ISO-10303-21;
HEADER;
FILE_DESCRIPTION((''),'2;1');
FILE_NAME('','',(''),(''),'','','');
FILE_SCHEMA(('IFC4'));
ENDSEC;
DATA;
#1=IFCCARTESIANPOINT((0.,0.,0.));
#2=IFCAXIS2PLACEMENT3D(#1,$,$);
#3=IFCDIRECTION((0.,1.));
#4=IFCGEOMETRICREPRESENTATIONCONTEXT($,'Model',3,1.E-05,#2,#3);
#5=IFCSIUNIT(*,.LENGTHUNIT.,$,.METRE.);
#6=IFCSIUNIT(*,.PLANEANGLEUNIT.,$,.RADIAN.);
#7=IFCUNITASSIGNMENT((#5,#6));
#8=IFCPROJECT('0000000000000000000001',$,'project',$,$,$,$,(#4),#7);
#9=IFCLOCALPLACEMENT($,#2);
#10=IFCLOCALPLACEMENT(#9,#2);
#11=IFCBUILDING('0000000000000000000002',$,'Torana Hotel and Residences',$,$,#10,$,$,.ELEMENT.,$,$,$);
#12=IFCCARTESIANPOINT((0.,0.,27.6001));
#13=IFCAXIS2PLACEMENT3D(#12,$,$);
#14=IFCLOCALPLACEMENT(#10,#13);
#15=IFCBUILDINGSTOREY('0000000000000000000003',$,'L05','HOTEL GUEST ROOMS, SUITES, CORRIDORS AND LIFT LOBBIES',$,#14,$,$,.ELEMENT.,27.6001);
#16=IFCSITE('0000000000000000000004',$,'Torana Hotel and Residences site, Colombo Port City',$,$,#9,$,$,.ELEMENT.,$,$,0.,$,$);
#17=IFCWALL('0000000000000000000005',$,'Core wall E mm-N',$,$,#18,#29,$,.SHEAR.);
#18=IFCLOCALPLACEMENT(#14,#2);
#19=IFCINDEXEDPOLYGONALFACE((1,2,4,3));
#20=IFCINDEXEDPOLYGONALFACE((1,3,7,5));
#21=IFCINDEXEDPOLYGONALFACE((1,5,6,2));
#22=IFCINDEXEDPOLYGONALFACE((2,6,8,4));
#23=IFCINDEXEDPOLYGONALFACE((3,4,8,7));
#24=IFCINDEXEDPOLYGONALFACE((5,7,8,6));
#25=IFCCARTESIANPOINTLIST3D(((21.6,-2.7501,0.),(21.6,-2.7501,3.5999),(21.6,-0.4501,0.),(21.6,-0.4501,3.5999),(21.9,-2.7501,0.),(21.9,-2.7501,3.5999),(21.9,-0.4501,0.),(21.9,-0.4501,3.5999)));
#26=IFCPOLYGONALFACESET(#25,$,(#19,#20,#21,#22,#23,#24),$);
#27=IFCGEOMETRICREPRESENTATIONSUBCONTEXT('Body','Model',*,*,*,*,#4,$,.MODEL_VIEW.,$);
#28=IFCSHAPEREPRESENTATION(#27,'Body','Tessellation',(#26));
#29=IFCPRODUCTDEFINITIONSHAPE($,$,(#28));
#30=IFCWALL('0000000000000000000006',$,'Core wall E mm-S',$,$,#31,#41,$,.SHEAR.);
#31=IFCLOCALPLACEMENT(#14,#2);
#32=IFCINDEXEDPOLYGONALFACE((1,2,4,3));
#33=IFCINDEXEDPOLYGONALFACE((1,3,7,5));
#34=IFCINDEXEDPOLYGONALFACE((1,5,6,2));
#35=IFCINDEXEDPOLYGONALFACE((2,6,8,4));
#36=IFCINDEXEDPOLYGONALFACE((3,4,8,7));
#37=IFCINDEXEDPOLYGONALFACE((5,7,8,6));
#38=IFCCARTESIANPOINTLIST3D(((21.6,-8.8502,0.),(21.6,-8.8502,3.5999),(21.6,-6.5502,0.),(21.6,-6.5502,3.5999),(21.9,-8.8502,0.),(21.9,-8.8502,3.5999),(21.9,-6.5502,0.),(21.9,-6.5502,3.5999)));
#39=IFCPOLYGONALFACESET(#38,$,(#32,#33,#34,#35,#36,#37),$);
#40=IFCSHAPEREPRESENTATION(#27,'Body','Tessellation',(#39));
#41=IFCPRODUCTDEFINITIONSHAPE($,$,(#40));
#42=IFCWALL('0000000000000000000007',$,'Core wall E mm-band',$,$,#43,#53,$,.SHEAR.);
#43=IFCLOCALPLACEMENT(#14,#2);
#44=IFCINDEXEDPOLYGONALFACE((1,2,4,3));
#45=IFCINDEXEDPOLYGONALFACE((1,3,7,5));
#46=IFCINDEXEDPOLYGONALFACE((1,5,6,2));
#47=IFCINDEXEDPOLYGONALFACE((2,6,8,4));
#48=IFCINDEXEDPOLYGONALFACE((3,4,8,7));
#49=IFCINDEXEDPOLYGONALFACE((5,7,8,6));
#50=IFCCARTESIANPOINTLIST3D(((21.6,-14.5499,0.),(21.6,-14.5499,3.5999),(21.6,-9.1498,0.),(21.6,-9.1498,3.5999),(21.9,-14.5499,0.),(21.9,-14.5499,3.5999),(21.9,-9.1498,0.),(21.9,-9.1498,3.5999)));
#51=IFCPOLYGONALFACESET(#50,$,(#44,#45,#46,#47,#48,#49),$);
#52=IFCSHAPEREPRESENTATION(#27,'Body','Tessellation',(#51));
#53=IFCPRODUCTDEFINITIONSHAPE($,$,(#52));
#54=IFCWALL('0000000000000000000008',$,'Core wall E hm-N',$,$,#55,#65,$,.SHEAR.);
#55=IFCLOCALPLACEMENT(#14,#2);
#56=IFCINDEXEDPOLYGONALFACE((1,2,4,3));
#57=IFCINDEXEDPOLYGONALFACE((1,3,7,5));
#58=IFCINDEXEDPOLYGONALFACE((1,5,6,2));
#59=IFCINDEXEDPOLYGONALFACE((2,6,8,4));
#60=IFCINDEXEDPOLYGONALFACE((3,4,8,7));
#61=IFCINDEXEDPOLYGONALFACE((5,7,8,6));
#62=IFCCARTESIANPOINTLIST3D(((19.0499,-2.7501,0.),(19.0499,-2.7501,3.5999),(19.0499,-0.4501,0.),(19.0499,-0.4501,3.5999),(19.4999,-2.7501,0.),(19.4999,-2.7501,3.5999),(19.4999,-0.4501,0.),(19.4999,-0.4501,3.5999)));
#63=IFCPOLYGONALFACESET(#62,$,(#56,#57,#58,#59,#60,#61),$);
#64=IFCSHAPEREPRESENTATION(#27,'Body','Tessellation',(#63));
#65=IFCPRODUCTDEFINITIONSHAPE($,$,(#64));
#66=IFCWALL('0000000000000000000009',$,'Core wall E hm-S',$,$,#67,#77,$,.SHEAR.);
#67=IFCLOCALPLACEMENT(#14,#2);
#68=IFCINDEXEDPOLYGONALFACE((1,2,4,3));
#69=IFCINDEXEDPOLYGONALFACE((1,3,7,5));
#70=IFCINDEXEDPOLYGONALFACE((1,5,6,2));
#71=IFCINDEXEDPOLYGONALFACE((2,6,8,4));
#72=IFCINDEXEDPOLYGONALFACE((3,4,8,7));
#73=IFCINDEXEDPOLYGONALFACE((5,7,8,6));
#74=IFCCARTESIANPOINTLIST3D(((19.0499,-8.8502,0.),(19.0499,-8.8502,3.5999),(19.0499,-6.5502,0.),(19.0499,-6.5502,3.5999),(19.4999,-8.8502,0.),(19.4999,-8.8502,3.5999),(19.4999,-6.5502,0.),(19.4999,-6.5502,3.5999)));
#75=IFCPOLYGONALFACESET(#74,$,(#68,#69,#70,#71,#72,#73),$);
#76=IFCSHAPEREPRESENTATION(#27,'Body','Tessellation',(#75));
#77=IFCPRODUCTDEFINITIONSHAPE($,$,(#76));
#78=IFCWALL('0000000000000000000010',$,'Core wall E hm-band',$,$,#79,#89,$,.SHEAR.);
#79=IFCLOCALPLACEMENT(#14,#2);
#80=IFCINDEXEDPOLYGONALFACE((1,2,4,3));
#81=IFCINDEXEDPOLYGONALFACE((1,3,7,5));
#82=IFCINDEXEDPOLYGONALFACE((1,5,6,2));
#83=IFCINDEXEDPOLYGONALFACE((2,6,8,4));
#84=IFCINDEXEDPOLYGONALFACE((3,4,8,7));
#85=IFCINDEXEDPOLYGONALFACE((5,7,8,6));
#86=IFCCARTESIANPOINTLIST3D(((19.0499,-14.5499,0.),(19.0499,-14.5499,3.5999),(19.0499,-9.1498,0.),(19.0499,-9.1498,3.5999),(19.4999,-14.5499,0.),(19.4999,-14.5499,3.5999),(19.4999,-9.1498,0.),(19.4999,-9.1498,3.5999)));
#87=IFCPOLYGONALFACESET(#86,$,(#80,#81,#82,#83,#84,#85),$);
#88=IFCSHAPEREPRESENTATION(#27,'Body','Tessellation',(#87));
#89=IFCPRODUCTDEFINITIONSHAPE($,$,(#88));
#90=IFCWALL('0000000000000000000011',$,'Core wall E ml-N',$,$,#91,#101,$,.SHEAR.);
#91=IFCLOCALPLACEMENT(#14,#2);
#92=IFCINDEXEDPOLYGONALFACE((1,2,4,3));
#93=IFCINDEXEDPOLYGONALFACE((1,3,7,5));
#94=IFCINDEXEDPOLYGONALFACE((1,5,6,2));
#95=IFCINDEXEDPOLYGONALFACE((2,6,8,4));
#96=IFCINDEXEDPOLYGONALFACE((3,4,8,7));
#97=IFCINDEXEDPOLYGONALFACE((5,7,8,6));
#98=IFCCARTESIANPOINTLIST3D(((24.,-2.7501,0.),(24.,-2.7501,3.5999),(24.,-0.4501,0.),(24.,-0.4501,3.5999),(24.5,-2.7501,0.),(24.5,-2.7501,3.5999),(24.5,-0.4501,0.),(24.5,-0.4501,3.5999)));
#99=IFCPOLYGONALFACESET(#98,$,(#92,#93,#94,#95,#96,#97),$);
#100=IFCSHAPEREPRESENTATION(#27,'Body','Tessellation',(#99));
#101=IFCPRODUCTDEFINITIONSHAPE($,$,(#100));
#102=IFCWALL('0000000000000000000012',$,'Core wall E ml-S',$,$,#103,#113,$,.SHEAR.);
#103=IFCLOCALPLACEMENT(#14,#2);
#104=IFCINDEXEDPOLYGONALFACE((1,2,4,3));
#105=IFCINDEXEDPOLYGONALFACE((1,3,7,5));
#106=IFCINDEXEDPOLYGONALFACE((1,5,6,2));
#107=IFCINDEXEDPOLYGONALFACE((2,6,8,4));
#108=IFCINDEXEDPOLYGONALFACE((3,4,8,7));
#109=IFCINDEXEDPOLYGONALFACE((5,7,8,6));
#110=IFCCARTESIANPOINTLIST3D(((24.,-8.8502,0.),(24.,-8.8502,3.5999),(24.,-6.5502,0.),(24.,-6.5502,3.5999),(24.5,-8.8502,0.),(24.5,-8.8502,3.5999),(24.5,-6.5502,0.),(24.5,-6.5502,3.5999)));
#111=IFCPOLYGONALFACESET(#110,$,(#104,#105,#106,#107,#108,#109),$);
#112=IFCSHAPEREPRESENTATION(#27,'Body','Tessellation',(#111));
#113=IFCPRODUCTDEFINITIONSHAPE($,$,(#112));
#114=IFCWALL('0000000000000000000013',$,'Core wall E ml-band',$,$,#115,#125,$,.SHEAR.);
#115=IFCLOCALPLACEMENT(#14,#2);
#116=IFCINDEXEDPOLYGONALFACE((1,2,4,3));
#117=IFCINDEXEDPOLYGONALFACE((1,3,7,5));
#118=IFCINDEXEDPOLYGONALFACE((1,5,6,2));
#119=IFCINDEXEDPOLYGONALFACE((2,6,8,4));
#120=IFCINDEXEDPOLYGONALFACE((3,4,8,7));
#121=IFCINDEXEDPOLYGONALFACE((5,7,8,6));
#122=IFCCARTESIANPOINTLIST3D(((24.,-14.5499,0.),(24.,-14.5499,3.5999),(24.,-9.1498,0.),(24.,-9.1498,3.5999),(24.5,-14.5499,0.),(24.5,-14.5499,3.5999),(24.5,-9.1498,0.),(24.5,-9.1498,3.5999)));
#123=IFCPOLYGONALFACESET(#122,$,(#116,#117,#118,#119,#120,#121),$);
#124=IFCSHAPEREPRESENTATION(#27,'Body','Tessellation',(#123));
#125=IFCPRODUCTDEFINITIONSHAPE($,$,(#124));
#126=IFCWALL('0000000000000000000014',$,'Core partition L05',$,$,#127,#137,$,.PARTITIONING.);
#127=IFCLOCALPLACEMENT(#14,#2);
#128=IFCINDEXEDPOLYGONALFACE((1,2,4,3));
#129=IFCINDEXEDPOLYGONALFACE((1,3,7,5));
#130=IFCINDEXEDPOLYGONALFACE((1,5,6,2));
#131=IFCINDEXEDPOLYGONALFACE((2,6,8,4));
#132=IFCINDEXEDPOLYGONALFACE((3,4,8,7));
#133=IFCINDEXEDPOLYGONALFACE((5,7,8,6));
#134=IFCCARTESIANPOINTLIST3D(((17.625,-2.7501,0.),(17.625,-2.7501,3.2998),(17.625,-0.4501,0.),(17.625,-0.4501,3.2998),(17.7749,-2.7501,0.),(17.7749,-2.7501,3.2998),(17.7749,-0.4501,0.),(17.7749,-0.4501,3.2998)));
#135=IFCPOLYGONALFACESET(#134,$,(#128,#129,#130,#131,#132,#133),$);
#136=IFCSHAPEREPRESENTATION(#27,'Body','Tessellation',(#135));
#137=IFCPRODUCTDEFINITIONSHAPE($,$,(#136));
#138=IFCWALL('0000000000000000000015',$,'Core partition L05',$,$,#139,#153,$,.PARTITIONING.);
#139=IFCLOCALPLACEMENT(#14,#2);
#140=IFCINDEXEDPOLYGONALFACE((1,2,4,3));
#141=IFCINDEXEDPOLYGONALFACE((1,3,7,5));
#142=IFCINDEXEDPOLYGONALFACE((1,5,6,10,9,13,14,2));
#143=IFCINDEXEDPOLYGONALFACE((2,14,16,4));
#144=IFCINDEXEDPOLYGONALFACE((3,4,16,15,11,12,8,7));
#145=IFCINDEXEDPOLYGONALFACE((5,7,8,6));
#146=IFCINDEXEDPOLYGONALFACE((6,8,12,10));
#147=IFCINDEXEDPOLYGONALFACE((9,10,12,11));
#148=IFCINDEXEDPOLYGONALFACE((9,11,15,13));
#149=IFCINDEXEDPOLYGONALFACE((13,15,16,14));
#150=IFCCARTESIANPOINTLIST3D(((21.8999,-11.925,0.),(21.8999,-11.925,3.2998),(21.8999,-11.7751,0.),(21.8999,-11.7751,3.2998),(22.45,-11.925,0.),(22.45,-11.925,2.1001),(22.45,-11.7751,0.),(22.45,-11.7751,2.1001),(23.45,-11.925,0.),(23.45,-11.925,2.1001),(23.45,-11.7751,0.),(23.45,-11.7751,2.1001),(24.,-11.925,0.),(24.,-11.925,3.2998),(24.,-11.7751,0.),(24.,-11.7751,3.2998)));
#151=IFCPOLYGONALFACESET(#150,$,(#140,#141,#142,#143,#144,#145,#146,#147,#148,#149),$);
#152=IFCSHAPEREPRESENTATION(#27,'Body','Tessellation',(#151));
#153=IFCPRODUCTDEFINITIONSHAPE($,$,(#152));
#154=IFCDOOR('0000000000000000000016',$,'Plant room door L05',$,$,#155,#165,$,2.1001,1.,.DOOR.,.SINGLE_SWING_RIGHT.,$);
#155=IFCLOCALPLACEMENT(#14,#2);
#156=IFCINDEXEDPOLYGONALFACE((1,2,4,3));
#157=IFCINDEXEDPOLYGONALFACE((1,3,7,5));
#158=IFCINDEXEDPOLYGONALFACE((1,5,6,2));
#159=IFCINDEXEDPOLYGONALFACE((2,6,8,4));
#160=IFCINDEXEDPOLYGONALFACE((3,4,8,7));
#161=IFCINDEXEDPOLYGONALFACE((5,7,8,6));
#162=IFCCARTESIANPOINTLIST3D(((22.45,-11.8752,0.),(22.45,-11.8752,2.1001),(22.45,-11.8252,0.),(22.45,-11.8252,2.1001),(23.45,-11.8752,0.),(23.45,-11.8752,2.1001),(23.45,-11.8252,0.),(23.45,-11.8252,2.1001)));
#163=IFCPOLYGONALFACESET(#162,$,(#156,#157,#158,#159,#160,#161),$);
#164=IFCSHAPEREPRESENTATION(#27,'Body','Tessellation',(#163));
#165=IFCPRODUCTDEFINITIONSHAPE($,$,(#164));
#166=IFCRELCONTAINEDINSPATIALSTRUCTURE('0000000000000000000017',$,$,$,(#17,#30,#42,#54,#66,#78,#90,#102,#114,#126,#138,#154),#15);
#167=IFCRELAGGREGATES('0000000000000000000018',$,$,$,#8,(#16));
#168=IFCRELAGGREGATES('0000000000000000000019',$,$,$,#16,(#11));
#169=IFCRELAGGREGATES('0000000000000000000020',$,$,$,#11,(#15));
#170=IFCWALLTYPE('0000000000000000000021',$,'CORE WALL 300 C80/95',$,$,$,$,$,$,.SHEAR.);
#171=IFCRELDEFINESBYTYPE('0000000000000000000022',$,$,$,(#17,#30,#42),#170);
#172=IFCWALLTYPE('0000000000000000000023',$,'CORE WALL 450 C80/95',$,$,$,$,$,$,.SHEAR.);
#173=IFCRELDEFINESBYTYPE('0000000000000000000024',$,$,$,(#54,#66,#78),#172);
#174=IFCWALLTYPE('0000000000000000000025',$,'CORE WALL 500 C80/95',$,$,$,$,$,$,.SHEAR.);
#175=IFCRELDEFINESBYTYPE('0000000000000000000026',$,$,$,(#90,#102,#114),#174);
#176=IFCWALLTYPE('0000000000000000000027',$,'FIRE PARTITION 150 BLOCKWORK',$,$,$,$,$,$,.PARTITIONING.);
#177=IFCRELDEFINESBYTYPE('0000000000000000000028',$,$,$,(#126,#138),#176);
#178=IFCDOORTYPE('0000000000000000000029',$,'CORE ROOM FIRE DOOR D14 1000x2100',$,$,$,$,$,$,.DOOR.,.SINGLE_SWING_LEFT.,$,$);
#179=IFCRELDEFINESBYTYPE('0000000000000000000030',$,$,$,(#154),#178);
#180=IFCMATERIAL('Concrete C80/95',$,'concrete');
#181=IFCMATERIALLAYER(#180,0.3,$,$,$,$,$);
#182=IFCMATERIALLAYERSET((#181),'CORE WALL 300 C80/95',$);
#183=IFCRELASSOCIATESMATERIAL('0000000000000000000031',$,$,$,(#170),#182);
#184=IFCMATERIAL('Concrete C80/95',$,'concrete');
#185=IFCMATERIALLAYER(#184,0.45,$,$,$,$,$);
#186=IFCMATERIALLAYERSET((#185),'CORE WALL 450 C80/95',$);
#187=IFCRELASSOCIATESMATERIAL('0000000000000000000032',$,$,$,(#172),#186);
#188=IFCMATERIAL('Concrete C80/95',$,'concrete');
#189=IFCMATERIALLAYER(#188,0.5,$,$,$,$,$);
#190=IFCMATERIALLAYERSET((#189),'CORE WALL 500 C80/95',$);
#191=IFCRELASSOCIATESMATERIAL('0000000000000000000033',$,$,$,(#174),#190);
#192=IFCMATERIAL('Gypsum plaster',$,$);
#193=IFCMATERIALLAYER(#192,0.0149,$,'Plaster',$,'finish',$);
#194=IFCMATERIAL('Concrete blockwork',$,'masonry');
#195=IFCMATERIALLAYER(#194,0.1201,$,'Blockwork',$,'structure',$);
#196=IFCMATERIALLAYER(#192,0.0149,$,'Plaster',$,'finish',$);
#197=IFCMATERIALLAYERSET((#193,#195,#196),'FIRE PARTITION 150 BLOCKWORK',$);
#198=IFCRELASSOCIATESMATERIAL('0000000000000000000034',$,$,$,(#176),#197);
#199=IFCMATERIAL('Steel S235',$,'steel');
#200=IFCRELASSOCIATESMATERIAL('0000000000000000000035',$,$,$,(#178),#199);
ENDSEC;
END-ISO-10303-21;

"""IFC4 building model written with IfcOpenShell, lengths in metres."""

from ifc_helpers import new_model, si_unit, direction, frame, frame_2d, origin, place, context, subcontext, project, spatial, rectangle, extrude, material, layer, layer_set, type_object, element, fill, save


model = new_model("IFC4")

# Units and contexts
model_context = context("Model", 3, precision=1e-05, world=origin(), true_north=direction((0.0, 1.0)))
body_context = subcontext(model_context, "Body", "Model", "MODEL_VIEW")
ifc_project = project(units=[si_unit("LENGTHUNIT", "METRE"), si_unit("PLANEANGLEUNIT", "RADIAN")], contexts=[model_context])

# Site, building, storey
site_placement = place(None, origin())
site = spatial("IfcSite", under=ifc_project, at=site_placement, Name="Torana Hotel and Residences site, Colombo Port City", CompositionType="ELEMENT", RefElevation=0.0)
building_placement = place(site_placement, origin())
building = spatial("IfcBuilding", under=site, at=building_placement, Name="Torana Hotel and Residences", CompositionType="ELEMENT")
storey_placement = place(building_placement, frame((0.0, 0.0, 27.6001)))
storey = spatial("IfcBuildingStorey", under=building, at=storey_placement, Name="L05", Description="HOTEL GUEST ROOMS, SUITES, CORRIDORS AND LIFT LOBBIES", CompositionType="ELEMENT", Elevation=27.6001)

# Walls
ifc_material_1 = material(Name="Concrete C80/95", Category="concrete")
ifc_layer_1 = layer(ifc_material_1, 0.3)
ifc_layer_set_1 = layer_set([ifc_layer_1], Name="CORE WALL 300 C80/95")
wall_type_1 = type_object("IfcWallType", Name="CORE WALL 300 C80/95", PredefinedType="SHEAR", material=ifc_layer_set_1)
for number, where, z_axis, x_axis, name in (
    (1, (21.75, -2.75, 0.0), (0.0, 0.0, 1.0), (0.0, 1.0, 0.0), "Core wall E mm-N"),
    (2, (21.75, -8.8501, 0.0), (0.0, 0.0, 1.0), (0.0, 1.0, 0.0), "Core wall E mm-S"),
):
    element("IfcWall", number, at=place(storey_placement, frame(where, z_axis=z_axis, x_axis=x_axis)), inside=storey, type_object=wall_type_1, Name=name, PredefinedType="SHEAR", context=body_context, shape_type="SweptSolid", body=[
        extrude(rectangle(XDim=2.3, YDim=0.3, at=frame_2d((1.1499, 0.0))), origin(), (0.0, 0.0, 1.0), 3.5999),
    ])
wall_1_placement = place(storey_placement, frame((21.75, -14.55, 0.0), z_axis=(0.0, 0.0, 1.0), x_axis=(0.0, 1.0, 0.0)))
element("IfcWall", 3, at=wall_1_placement, inside=storey, type_object=wall_type_1, Name="Core wall E mm-band", PredefinedType="SHEAR", context=body_context, shape_type="SweptSolid", body=[
    extrude(rectangle(XDim=5.4001, YDim=0.3, at=frame_2d((2.7002, 0.0))), origin(), (0.0, 0.0, 1.0), 3.5999),
])
ifc_material_2 = material(Name="Concrete C80/95", Category="concrete")
ifc_layer_2 = layer(ifc_material_2, 0.45)
ifc_layer_set_2 = layer_set([ifc_layer_2], Name="CORE WALL 450 C80/95")
wall_type_2 = type_object("IfcWallType", Name="CORE WALL 450 C80/95", PredefinedType="SHEAR", material=ifc_layer_set_2)
for number, where, z_axis, x_axis, name in (
    (4, (19.2749, -2.75, 0.0), (0.0, 0.0, 1.0), (0.0, 1.0, 0.0), "Core wall E hm-N"),
    (5, (19.2749, -8.8501, 0.0), (0.0, 0.0, 1.0), (0.0, 1.0, 0.0), "Core wall E hm-S"),
):
    element("IfcWall", number, at=place(storey_placement, frame(where, z_axis=z_axis, x_axis=x_axis)), inside=storey, type_object=wall_type_2, Name=name, PredefinedType="SHEAR", context=body_context, shape_type="SweptSolid", body=[
        extrude(rectangle(XDim=2.3, YDim=0.45, at=frame_2d((1.1499, 0.0))), origin(), (0.0, 0.0, 1.0), 3.5999),
    ])
wall_2_placement = place(storey_placement, frame((19.2749, -14.55, 0.0), z_axis=(0.0, 0.0, 1.0), x_axis=(0.0, 1.0, 0.0)))
element("IfcWall", 6, at=wall_2_placement, inside=storey, type_object=wall_type_2, Name="Core wall E hm-band", PredefinedType="SHEAR", context=body_context, shape_type="SweptSolid", body=[
    extrude(rectangle(XDim=5.4001, YDim=0.45, at=frame_2d((2.7002, 0.0))), origin(), (0.0, 0.0, 1.0), 3.5999),
])
ifc_material_3 = material(Name="Concrete C80/95", Category="concrete")
ifc_layer_3 = layer(ifc_material_3, 0.5)
ifc_layer_set_3 = layer_set([ifc_layer_3], Name="CORE WALL 500 C80/95")
wall_type_3 = type_object("IfcWallType", Name="CORE WALL 500 C80/95", PredefinedType="SHEAR", material=ifc_layer_set_3)
for number, where, z_axis, x_axis, name in (
    (7, (24.25, -2.75, 0.0), (0.0, 0.0, 1.0), (0.0, 1.0, 0.0), "Core wall E ml-N"),
    (8, (24.25, -8.8501, 0.0), (0.0, 0.0, 1.0), (0.0, 1.0, 0.0), "Core wall E ml-S"),
):
    element("IfcWall", number, at=place(storey_placement, frame(where, z_axis=z_axis, x_axis=x_axis)), inside=storey, type_object=wall_type_3, Name=name, PredefinedType="SHEAR", context=body_context, shape_type="SweptSolid", body=[
        extrude(rectangle(XDim=2.3, YDim=0.5, at=frame_2d((1.1499, 0.0))), origin(), (0.0, 0.0, 1.0), 3.5999),
    ])
wall_3_placement = place(storey_placement, frame((24.25, -14.55, 0.0), z_axis=(0.0, 0.0, 1.0), x_axis=(0.0, 1.0, 0.0)))
element("IfcWall", 9, at=wall_3_placement, inside=storey, type_object=wall_type_3, Name="Core wall E ml-band", PredefinedType="SHEAR", context=body_context, shape_type="SweptSolid", body=[
    extrude(rectangle(XDim=5.4001, YDim=0.5, at=frame_2d((2.7002, 0.0))), origin(), (0.0, 0.0, 1.0), 3.5999),
])
ifc_material_4 = material(Name="Gypsum plaster")
ifc_layer_4 = layer(ifc_material_4, 0.0149, Name="Plaster", Category="finish")
ifc_material_5 = material(Name="Concrete blockwork", Category="masonry")
ifc_layer_5 = layer(ifc_material_5, 0.1201, Name="Blockwork", Category="structure")
ifc_layer_6 = layer(ifc_material_4, 0.0149, Name="Plaster", Category="finish")
ifc_layer_set_4 = layer_set([ifc_layer_4, ifc_layer_5, ifc_layer_6], Name="FIRE PARTITION 150 BLOCKWORK")
wall_type_4 = type_object("IfcWallType", Name="FIRE PARTITION 150 BLOCKWORK", PredefinedType="PARTITIONING", material=ifc_layer_set_4)
wall_4_placement = place(storey_placement, frame((17.7, -2.75, 0.0), z_axis=(0.0, 0.0, 1.0), x_axis=(0.0, 1.0, 0.0)))
element("IfcWall", 10, at=wall_4_placement, inside=storey, type_object=wall_type_4, Name="Core partition L05", PredefinedType="PARTITIONING", context=body_context, shape_type="SweptSolid", body=[
    extrude(rectangle(XDim=2.3, YDim=0.1499, at=frame_2d((1.1499, 0.0))), origin(), (0.0, 0.0, 1.0), 3.2998),
])

# Wall, opening, door
wall_5_placement = place(storey_placement, frame((21.8999, -11.8501, 0.0), z_axis=(0.0, 0.0, 1.0), x_axis=(1.0, 0.0, 0.0)))
wall_5 = element("IfcWall", 11, at=wall_5_placement, inside=storey, type_object=wall_type_4, Name="Core partition L05", PredefinedType="PARTITIONING", context=body_context, shape_type="SweptSolid", body=[
    extrude(rectangle(XDim=2.1001, YDim=0.1499, at=frame_2d((1.05, 0.0))), origin(), (0.0, 0.0, 1.0), 3.2998),
])
opening_1_placement = place(wall_5_placement, frame((0.55, 0.0, 0.0)))
opening_1 = element("IfcOpeningElement", 12, at=opening_1_placement, cuts=wall_5, PredefinedType="OPENING", context=body_context, shape_type="SweptSolid", body=[
    extrude(rectangle(XDim=1.0, YDim=2.1001, at=frame_2d((0.5, 1.05))), frame((0.0, 0.085, 0.0), z_axis=(0.0, -1.0, 0.0), x_axis=(1.0, 0.0, 0.0)), (0.0, 0.0, 1.0), 0.1699),
])
ifc_material_6 = material(Name="Steel S235", Category="steel")
door_type = type_object("IfcDoorType", Name="CORE ROOM FIRE DOOR D14 1000x2100", OperationType="SINGLE_SWING_LEFT", PredefinedType="DOOR", material=ifc_material_6)
door_1_placement = place(opening_1_placement, origin())
door_1 = element("IfcDoor", 13, at=door_1_placement, inside=storey, type_object=door_type, Name="Plant room door L05", OperationType="SINGLE_SWING_RIGHT", OverallHeight=2.1001, OverallWidth=1.0, PredefinedType="DOOR", context=body_context, shape_type="SweptSolid", body=[
    extrude(rectangle(XDim=1.0, YDim=2.1001, at=frame_2d((0.5, 1.05))), frame((0.0, 0.0249, 0.0), z_axis=(0.0, -1.0, 0.0), x_axis=(1.0, 0.0, 0.0)), (0.0, 0.0, 1.0), 0.05),
])
fill(opening_1, door_1)

save(model, "model.ifc")
